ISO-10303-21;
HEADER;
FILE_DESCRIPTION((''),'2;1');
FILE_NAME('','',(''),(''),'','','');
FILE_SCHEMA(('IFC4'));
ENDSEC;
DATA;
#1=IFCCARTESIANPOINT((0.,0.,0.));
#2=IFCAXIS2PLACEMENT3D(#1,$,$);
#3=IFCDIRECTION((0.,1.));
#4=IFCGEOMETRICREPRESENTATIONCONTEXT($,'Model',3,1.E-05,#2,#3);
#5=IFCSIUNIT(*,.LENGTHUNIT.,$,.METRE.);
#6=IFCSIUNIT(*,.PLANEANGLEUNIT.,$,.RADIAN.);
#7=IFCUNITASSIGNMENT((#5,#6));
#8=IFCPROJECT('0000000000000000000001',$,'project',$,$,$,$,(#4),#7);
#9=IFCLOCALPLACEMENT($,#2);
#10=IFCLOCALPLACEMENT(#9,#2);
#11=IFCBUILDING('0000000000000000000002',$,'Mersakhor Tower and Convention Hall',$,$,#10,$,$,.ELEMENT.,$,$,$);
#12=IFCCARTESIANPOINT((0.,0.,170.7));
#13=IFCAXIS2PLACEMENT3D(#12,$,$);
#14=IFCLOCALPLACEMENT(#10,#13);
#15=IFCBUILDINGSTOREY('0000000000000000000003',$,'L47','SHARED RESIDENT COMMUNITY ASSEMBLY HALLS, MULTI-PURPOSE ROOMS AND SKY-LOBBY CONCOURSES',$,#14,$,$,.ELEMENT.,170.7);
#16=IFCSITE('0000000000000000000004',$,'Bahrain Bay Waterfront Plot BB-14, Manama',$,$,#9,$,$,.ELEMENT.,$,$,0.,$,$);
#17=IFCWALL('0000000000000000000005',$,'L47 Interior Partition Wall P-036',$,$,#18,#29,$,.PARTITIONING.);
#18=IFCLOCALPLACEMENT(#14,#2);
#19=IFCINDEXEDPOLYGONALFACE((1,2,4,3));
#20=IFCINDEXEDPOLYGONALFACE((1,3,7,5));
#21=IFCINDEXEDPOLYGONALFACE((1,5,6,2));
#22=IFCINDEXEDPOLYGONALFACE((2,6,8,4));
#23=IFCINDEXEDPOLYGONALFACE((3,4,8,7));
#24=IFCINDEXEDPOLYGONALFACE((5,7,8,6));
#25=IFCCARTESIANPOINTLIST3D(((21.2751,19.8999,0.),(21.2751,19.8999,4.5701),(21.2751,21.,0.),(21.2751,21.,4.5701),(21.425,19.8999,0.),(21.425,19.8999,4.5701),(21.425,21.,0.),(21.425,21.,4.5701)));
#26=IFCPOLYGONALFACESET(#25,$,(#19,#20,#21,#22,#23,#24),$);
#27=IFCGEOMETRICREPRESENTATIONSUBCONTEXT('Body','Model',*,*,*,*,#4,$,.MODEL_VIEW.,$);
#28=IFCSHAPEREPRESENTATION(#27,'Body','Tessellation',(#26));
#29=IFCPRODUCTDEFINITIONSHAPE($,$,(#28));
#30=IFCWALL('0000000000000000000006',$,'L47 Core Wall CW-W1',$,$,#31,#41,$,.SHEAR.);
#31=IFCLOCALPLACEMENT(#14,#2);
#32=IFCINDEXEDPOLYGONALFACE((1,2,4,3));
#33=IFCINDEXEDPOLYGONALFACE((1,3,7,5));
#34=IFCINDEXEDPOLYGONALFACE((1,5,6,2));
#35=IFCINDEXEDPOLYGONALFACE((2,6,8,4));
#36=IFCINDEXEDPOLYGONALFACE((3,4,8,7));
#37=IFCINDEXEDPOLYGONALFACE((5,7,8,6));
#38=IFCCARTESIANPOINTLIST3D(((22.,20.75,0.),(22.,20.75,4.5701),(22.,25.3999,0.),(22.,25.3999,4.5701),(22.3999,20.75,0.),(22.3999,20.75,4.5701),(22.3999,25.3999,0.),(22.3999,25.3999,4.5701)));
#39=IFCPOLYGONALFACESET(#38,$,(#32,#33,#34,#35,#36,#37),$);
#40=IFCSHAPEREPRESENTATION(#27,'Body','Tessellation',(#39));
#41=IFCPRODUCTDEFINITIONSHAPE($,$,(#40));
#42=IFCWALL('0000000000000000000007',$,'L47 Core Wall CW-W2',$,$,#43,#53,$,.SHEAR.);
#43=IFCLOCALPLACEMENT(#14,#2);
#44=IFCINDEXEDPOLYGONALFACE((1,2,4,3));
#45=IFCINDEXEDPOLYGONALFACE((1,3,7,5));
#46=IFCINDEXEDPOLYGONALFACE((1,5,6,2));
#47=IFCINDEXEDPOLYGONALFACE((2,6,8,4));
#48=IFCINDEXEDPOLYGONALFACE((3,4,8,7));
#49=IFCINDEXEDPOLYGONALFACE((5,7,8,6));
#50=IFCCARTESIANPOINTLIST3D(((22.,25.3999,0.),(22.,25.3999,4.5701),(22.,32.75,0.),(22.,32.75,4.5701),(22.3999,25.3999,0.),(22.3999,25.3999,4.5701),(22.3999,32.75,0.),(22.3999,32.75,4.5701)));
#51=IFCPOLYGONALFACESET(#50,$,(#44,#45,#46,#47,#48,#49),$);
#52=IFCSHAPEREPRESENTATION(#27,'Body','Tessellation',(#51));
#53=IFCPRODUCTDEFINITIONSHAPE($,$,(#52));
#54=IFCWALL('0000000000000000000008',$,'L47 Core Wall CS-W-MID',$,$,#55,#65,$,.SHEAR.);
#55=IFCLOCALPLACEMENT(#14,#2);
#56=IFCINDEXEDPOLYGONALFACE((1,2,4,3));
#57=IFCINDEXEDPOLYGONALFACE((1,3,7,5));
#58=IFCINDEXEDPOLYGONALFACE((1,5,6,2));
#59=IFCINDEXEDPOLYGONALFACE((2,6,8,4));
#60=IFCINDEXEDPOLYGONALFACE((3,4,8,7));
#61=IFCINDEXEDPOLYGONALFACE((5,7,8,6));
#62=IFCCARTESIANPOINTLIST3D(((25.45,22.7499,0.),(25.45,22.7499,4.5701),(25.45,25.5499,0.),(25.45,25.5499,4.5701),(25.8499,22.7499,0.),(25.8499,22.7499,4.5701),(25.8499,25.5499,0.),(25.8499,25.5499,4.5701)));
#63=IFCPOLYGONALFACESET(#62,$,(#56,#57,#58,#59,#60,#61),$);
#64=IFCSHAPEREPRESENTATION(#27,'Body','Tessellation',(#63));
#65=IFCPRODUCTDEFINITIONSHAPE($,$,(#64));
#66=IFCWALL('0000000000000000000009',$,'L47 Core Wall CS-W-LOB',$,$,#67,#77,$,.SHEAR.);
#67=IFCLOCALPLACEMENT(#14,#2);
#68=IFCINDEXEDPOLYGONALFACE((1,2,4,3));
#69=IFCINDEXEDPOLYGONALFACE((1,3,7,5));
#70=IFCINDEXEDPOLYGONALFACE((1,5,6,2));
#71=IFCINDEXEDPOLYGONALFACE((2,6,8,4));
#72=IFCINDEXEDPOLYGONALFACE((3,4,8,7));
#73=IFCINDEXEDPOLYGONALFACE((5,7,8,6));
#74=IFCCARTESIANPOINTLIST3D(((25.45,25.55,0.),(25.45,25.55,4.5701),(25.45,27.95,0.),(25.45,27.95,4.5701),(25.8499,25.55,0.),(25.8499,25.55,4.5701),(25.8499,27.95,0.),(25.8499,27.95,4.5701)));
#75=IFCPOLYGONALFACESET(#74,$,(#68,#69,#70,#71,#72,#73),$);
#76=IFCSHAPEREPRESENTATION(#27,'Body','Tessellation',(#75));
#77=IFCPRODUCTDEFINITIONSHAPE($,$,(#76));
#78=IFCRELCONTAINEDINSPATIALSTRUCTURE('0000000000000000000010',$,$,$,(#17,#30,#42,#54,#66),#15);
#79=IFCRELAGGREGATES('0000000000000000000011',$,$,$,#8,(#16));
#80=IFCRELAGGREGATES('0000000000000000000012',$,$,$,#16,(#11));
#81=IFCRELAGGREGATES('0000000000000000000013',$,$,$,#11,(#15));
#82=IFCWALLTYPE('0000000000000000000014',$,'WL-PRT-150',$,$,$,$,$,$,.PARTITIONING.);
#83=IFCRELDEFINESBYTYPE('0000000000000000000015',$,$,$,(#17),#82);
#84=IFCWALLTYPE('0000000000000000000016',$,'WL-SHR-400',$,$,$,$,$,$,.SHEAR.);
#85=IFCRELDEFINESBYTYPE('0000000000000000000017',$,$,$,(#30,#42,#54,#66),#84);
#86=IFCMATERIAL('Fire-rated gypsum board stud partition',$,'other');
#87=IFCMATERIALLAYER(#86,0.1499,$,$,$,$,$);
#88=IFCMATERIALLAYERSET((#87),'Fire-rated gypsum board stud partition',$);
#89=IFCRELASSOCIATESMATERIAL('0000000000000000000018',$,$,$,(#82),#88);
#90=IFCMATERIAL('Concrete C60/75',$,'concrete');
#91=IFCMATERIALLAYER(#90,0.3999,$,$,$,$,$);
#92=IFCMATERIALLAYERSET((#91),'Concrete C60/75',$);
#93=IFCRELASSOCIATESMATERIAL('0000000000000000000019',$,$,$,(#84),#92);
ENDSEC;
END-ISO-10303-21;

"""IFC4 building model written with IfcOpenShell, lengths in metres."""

from ifc_helpers import new_model, si_unit, direction, frame, frame_2d, origin, place, context, subcontext, project, spatial, rectangle, extrude, material, layer, layer_set, type_object, element, save


model = new_model("IFC4")

# Units and contexts
model_context = context("Model", 3, precision=1e-05, world=origin(), true_north=direction((0.0, 1.0)))
body_context = subcontext(model_context, "Body", "Model", "MODEL_VIEW")
ifc_project = project(units=[si_unit("LENGTHUNIT", "METRE"), si_unit("PLANEANGLEUNIT", "RADIAN")], contexts=[model_context])

# Site, building, storey
site_placement = place(None, origin())
site = spatial("IfcSite", under=ifc_project, at=site_placement, Name="Bahrain Bay Waterfront Plot BB-14, Manama", CompositionType="ELEMENT", RefElevation=0.0)
building_placement = place(site_placement, origin())
building = spatial("IfcBuilding", under=site, at=building_placement, Name="Mersakhor Tower and Convention Hall", CompositionType="ELEMENT")
storey_placement = place(building_placement, frame((0.0, 0.0, 170.7)))
storey = spatial("IfcBuildingStorey", under=building, at=storey_placement, Name="L47", Description="SHARED RESIDENT COMMUNITY ASSEMBLY HALLS, MULTI-PURPOSE ROOMS AND SKY-LOBBY CONCOURSES", CompositionType="ELEMENT", Elevation=170.7)

# Wall
ifc_material_1 = material(Name="Fire-rated gypsum board stud partition", Category="other")
ifc_layer_1 = layer(ifc_material_1, 0.1499)
ifc_layer_set_1 = layer_set([ifc_layer_1], Name="Fire-rated gypsum board stud partition")
wall_type_1 = type_object("IfcWallType", Name="WL-PRT-150", PredefinedType="PARTITIONING", material=ifc_layer_set_1)
wall_1_placement = place(storey_placement, frame((21.3501, 21.0, 0.0), z_axis=(0.0, 0.0, 1.0), x_axis=(0.0, -1.0, 0.0)))
element("IfcWall", 1, at=wall_1_placement, inside=storey, type_object=wall_type_1, Name="L47 Interior Partition Wall P-036", PredefinedType="PARTITIONING", context=body_context, shape_type="SweptSolid", body=[
    extrude(rectangle(XDim=1.1001, YDim=0.1499, at=frame_2d((0.55, 0.0))), origin(), (0.0, 0.0, 1.0), 4.5701),
])

# Walls
ifc_material_2 = material(Name="Concrete C60/75", Category="concrete")
ifc_layer_2 = layer(ifc_material_2, 0.3999)
ifc_layer_set_2 = layer_set([ifc_layer_2], Name="Concrete C60/75")
wall_type_2 = type_object("IfcWallType", Name="WL-SHR-400", PredefinedType="SHEAR", material=ifc_layer_set_2)
wall_2_placement = place(storey_placement, frame((22.2, 20.75, 0.0), z_axis=(0.0, 0.0, 1.0), x_axis=(0.0, 1.0, 0.0)))
element("IfcWall", 2, at=wall_2_placement, inside=storey, type_object=wall_type_2, Name="L47 Core Wall CW-W1", PredefinedType="SHEAR", context=body_context, shape_type="SweptSolid", body=[
    extrude(rectangle(XDim=4.6499, YDim=0.3999, at=frame_2d((2.325, 0.0))), origin(), (0.0, 0.0, 1.0), 4.5701),
])
wall_3_placement = place(storey_placement, frame((22.2, 25.3999, 0.0), z_axis=(0.0, 0.0, 1.0), x_axis=(0.0, 1.0, 0.0)))
element("IfcWall", 3, at=wall_3_placement, inside=storey, type_object=wall_type_2, Name="L47 Core Wall CW-W2", PredefinedType="SHEAR", context=body_context, shape_type="SweptSolid", body=[
    extrude(rectangle(XDim=7.3501, YDim=0.3999, at=frame_2d((3.675, 0.0))), origin(), (0.0, 0.0, 1.0), 4.5701),
])

# Walls
wall_4_placement = place(storey_placement, frame((25.6499, 22.75, 0.0), z_axis=(0.0, 0.0, 1.0), x_axis=(0.0, 1.0, 0.0)))
element("IfcWall", 4, at=wall_4_placement, inside=storey, type_object=wall_type_2, Name="L47 Core Wall CS-W-MID", PredefinedType="SHEAR", context=body_context, shape_type="SweptSolid", body=[
    extrude(rectangle(XDim=2.8, YDim=0.3999, at=frame_2d((1.3999, 0.0))), origin(), (0.0, 0.0, 1.0), 4.5701),
])
wall_5_placement = place(storey_placement, frame((25.6499, 25.55, 0.0), z_axis=(0.0, 0.0, 1.0), x_axis=(0.0, 1.0, 0.0)))
element("IfcWall", 5, at=wall_5_placement, inside=storey, type_object=wall_type_2, Name="L47 Core Wall CS-W-LOB", PredefinedType="SHEAR", context=body_context, shape_type="SweptSolid", body=[
    extrude(rectangle(XDim=2.3999, YDim=0.3999, at=frame_2d((1.2, 0.0))), origin(), (0.0, 0.0, 1.0), 4.5701),
])

save(model, "model.ifc")
